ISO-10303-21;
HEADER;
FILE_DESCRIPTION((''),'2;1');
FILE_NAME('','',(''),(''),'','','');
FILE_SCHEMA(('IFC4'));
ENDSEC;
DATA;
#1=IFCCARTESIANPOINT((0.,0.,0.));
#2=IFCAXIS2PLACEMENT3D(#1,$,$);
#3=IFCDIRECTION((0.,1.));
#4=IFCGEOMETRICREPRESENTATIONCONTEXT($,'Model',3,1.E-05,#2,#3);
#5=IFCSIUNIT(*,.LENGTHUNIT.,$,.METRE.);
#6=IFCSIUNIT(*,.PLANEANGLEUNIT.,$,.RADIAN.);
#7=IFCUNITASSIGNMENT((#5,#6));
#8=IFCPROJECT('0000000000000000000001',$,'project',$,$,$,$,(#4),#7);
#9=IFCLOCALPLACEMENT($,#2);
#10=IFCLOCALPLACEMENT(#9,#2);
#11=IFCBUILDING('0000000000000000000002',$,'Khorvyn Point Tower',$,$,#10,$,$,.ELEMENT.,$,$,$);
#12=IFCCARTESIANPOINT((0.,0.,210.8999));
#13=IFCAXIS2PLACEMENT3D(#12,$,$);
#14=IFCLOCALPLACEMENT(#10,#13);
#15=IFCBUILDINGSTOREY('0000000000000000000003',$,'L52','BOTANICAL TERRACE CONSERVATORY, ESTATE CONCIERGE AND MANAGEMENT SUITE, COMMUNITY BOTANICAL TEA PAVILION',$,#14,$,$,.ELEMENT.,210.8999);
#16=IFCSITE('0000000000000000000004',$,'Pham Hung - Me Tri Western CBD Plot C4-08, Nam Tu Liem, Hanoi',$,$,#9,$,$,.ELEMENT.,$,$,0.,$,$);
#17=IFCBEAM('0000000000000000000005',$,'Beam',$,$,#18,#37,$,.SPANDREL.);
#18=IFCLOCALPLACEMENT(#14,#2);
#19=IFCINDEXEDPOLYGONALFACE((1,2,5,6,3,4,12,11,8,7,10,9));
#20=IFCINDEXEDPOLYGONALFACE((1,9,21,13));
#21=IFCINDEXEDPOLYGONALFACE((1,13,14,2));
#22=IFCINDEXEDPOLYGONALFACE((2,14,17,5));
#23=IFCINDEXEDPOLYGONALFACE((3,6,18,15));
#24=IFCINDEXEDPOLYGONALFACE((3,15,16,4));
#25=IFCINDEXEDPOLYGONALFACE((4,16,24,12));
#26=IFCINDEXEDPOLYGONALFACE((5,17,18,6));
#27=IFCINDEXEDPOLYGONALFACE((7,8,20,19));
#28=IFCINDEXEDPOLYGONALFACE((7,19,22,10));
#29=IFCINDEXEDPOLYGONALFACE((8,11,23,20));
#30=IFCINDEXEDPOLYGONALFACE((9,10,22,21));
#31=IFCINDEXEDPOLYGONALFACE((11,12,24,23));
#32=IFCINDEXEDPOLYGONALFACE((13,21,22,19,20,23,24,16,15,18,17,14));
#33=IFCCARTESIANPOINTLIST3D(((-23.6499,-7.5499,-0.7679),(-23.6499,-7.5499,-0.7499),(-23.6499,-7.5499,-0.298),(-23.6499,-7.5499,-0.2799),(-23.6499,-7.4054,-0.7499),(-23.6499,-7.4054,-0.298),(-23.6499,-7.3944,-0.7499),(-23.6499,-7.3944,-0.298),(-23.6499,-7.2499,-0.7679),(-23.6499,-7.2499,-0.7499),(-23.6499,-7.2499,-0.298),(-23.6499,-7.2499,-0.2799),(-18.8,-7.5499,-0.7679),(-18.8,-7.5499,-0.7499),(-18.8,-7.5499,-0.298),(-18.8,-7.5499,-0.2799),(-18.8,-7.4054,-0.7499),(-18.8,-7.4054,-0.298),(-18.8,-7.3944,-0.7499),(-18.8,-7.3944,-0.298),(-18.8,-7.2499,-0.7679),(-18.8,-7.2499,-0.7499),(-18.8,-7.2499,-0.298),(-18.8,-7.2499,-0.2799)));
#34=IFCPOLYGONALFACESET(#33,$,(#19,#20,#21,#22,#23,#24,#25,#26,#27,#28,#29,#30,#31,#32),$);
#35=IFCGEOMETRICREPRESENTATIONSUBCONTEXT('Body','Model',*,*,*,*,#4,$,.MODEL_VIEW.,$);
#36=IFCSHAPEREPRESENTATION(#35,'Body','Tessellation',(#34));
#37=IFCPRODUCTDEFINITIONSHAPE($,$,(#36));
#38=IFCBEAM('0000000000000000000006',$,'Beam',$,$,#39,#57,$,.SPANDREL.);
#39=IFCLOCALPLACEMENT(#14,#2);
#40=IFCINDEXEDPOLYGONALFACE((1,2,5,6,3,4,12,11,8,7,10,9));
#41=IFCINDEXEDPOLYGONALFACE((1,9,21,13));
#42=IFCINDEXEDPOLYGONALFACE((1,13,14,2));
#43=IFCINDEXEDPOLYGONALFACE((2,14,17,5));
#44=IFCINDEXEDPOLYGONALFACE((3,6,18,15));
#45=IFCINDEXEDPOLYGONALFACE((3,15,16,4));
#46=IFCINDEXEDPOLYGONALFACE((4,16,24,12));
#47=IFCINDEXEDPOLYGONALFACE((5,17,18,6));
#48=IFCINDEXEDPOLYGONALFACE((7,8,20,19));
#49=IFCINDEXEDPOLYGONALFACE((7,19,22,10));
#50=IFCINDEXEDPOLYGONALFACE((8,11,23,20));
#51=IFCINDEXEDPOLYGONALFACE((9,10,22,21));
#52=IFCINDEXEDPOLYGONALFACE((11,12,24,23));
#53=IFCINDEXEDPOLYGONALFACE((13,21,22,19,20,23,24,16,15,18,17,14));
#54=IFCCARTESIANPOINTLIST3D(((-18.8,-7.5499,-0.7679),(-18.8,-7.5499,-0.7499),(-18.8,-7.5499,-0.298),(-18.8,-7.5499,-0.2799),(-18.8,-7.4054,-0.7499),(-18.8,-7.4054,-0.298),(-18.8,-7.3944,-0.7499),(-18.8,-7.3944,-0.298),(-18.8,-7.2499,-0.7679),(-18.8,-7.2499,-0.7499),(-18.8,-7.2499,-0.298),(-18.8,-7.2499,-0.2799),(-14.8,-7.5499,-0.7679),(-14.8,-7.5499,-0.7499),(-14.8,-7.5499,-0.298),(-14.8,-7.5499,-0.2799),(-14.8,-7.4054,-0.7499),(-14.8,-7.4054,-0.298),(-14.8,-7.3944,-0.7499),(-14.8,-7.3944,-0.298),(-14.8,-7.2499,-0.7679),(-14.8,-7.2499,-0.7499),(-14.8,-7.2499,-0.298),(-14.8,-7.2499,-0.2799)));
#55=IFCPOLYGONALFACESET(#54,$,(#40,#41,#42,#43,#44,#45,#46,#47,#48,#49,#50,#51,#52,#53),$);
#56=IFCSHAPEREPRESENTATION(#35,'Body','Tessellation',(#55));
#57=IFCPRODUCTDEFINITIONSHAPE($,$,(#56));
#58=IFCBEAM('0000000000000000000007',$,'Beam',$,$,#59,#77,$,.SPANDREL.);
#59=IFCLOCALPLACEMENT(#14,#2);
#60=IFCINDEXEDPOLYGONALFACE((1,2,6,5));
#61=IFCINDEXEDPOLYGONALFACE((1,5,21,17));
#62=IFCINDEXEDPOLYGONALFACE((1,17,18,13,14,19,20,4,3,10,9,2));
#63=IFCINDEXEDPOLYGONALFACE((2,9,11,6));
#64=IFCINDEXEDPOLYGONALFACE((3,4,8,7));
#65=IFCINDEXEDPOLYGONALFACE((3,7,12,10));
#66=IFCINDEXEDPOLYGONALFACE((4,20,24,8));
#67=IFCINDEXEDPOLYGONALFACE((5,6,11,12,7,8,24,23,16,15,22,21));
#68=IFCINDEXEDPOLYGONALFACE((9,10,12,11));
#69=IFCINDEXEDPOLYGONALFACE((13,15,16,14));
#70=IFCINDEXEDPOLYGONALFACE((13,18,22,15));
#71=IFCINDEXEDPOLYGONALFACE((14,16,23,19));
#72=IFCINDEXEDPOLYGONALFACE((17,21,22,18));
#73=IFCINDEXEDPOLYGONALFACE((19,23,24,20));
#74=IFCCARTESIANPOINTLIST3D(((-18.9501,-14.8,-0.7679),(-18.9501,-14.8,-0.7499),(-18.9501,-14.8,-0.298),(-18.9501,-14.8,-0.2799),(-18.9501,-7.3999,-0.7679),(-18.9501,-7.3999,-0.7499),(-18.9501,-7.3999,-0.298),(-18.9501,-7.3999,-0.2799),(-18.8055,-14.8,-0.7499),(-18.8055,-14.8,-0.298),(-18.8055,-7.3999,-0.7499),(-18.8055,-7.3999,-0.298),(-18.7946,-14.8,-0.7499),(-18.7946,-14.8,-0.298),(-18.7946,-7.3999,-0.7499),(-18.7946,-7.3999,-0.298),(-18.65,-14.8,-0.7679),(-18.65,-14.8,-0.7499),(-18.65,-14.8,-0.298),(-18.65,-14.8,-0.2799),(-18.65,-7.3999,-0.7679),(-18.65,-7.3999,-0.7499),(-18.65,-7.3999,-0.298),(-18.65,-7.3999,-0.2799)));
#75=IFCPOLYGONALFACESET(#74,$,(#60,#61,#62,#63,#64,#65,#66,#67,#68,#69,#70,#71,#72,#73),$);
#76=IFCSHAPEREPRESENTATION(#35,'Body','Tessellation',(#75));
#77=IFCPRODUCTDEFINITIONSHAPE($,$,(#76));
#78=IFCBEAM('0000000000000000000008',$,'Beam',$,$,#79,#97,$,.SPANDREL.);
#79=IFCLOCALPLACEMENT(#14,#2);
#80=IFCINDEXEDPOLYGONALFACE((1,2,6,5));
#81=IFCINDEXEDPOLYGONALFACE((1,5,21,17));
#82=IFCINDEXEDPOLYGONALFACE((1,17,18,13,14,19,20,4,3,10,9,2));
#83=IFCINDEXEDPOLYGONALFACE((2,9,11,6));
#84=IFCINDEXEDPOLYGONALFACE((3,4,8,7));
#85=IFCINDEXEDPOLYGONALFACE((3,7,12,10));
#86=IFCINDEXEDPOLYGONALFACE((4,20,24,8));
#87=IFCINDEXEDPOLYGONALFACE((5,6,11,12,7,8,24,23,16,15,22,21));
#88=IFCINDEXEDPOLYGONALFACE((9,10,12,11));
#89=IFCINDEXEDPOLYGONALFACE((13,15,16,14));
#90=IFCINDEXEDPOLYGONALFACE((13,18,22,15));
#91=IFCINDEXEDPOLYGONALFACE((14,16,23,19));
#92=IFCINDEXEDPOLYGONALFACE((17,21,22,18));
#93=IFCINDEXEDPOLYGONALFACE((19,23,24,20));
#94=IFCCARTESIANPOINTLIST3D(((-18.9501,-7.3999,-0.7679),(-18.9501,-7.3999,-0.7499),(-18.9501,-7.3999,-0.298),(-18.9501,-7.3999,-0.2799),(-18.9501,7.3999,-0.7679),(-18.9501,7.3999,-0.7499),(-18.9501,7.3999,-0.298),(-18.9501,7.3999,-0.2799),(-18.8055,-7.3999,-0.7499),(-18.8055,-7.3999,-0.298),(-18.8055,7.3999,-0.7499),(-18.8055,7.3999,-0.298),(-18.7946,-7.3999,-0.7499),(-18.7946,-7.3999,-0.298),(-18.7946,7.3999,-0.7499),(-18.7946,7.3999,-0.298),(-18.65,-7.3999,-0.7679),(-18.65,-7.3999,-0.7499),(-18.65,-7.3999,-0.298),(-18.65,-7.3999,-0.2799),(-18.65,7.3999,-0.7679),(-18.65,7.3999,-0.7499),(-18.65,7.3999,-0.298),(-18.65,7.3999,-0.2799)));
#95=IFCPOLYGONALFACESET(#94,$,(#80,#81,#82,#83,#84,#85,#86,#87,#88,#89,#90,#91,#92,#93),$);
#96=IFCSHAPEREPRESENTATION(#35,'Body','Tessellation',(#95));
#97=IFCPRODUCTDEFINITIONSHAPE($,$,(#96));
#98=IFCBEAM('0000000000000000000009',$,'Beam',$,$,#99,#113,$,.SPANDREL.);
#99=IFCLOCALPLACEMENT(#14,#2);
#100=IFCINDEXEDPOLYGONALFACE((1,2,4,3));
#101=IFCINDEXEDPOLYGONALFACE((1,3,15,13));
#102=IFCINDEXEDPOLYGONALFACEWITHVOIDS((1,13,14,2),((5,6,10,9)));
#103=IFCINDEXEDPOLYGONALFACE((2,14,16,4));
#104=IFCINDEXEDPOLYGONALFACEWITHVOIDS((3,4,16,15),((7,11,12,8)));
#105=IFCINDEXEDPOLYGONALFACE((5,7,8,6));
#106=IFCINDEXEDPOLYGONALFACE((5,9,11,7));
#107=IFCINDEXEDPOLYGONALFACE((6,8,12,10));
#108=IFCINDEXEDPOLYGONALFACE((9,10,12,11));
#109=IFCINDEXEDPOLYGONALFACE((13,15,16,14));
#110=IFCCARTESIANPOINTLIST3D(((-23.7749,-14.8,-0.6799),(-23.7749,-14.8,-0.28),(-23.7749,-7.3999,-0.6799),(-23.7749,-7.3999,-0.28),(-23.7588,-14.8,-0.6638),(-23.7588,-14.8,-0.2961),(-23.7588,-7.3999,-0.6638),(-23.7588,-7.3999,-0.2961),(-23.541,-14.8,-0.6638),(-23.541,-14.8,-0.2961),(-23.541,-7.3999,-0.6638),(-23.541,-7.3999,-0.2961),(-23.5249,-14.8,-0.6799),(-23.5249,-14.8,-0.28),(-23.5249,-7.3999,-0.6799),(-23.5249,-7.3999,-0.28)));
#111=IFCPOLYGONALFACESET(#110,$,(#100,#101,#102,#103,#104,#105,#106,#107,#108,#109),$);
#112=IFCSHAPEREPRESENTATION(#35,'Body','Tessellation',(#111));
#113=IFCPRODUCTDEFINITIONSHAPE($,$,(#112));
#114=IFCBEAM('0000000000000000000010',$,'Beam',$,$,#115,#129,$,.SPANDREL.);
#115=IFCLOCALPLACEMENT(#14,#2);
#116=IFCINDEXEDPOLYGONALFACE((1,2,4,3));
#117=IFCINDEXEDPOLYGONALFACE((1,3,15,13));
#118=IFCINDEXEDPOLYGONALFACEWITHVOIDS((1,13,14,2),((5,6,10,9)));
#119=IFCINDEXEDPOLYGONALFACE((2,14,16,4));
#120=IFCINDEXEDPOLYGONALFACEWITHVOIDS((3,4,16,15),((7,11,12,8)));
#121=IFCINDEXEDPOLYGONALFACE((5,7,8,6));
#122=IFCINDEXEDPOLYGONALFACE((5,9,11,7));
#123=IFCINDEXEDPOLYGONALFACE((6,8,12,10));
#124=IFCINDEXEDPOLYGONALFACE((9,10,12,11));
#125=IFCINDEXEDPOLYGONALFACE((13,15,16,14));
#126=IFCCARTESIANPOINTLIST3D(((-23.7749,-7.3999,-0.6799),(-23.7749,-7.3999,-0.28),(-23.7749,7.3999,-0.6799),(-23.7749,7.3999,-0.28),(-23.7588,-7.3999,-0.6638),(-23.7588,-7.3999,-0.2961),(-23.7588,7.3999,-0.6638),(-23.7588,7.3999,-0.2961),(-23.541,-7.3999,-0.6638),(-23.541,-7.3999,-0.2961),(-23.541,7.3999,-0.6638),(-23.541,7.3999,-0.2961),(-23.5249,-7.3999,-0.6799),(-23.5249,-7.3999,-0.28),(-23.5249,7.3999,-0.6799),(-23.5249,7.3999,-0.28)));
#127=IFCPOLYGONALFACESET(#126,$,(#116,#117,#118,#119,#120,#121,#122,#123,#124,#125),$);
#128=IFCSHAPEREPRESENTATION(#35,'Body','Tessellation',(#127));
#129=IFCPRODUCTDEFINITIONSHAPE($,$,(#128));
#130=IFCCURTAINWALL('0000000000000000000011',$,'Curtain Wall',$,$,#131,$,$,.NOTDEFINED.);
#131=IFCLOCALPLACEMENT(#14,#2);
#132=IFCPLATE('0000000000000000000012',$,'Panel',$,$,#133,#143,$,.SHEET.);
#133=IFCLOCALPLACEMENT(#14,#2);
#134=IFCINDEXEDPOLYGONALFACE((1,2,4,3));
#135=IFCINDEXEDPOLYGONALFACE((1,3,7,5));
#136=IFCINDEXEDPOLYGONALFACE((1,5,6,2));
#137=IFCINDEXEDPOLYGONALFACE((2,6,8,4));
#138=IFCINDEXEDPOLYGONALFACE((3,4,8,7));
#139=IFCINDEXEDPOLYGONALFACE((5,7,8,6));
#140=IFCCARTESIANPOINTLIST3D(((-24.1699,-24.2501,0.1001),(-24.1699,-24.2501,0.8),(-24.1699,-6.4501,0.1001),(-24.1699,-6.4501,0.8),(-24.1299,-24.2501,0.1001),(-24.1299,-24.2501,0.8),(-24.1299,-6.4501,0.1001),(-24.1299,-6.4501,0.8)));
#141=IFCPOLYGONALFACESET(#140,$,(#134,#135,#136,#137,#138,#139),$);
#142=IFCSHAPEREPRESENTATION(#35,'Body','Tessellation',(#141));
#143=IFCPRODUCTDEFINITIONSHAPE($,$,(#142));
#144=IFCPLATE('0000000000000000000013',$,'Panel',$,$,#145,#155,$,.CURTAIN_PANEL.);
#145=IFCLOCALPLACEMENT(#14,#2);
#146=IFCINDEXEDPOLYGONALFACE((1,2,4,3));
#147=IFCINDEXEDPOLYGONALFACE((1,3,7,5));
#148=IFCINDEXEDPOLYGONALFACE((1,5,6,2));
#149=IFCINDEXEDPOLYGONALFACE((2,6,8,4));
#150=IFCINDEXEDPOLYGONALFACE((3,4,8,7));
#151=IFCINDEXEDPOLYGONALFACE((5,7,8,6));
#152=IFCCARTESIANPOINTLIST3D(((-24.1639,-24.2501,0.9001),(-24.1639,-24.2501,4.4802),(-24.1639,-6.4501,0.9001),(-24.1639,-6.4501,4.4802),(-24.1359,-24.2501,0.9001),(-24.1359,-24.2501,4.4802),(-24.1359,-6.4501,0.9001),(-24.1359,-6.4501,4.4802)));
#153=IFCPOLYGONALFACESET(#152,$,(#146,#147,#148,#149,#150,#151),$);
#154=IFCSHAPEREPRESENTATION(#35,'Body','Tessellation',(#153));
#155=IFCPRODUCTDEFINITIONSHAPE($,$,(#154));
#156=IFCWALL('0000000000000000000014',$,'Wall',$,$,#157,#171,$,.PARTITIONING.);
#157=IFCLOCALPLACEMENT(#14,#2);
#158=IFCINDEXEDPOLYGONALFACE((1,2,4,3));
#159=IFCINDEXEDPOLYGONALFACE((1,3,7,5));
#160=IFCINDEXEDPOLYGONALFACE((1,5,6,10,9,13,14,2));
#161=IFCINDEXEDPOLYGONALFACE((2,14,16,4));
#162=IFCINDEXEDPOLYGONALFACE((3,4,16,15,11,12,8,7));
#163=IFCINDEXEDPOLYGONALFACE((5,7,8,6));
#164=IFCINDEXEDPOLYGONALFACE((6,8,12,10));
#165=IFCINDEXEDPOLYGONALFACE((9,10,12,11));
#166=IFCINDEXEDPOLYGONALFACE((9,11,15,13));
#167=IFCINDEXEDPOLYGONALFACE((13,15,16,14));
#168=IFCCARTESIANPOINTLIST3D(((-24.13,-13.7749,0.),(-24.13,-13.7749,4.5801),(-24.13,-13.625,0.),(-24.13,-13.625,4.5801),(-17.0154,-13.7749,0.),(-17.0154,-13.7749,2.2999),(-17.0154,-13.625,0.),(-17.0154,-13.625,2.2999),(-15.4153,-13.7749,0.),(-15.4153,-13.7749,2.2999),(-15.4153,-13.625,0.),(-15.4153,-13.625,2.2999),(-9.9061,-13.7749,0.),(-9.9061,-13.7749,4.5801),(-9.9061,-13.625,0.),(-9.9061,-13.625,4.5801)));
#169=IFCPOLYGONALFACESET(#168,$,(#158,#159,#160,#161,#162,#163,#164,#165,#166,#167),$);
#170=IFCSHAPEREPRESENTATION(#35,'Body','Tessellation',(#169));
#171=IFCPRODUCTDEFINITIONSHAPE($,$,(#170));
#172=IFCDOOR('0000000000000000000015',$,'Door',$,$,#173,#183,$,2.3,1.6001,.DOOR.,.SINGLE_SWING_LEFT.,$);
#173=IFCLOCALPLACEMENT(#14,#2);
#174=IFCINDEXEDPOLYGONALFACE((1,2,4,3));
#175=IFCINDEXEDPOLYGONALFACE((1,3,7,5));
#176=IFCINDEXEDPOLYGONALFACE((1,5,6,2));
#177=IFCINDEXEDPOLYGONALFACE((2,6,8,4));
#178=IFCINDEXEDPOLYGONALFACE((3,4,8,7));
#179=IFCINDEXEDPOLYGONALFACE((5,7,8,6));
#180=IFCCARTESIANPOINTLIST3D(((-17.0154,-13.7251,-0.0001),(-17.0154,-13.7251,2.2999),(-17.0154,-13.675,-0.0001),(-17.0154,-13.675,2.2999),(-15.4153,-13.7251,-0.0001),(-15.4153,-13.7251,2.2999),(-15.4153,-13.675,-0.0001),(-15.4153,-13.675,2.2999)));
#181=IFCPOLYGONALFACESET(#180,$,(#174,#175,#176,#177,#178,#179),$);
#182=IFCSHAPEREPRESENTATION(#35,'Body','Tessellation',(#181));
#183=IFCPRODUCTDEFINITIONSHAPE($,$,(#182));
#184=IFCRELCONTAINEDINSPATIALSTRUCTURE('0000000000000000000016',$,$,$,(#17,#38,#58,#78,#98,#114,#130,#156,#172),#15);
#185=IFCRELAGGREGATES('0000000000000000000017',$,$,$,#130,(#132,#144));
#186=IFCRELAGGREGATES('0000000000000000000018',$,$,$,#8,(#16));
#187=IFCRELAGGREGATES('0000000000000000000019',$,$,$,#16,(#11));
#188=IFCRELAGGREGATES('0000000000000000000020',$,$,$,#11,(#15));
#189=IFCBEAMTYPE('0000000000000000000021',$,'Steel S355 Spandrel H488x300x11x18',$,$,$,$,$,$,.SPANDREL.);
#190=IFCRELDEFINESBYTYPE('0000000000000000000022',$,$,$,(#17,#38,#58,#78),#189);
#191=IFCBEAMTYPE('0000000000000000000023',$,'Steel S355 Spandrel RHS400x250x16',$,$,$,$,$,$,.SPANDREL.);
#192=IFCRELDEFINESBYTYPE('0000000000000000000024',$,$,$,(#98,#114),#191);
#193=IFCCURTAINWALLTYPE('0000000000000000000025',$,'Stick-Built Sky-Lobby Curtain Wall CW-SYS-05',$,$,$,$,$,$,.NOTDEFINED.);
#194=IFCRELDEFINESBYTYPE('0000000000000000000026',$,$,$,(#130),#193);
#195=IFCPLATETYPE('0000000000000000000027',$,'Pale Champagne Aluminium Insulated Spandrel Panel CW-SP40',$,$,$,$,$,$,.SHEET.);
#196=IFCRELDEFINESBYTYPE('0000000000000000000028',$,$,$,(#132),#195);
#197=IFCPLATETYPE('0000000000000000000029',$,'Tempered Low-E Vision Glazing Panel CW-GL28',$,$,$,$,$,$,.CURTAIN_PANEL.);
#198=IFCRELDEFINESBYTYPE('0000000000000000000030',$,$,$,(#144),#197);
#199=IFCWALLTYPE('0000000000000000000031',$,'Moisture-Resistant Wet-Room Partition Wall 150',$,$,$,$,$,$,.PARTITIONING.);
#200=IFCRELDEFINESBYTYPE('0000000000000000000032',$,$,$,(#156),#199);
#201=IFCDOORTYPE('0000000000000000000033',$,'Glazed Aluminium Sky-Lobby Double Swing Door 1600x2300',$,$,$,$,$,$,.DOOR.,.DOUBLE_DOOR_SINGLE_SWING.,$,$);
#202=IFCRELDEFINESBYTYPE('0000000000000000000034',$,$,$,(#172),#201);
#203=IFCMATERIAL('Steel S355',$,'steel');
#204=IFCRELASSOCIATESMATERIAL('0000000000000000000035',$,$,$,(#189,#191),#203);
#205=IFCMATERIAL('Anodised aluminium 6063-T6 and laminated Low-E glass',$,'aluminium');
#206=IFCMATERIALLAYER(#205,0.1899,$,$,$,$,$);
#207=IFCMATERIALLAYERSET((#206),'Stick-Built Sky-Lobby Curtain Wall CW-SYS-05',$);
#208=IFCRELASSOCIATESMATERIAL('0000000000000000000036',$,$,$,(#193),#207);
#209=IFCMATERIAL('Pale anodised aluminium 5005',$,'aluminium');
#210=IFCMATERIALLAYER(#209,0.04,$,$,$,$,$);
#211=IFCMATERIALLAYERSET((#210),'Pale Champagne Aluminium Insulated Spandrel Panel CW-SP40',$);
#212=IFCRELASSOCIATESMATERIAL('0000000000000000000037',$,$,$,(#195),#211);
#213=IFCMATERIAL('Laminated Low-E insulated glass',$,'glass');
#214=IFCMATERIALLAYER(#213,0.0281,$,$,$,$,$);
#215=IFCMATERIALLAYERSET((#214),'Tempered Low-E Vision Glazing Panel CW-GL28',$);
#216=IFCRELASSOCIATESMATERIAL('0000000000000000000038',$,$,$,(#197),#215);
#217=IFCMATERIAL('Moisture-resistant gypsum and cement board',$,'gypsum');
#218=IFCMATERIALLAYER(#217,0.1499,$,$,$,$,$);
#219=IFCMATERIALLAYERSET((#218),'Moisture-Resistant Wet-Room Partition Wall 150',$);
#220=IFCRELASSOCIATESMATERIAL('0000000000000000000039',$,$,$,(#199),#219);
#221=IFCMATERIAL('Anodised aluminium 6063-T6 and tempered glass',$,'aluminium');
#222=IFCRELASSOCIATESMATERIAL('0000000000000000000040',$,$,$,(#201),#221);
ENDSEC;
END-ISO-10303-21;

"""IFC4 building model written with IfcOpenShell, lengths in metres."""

from ifc_helpers import new_model, si_unit, direction, frame, frame_2d, origin, origin_2d, place, context, subcontext, project, spatial, rectangle, hollow_rectangle, i_section, extrude, material, layer, layer_set, material_profile, profile_set, type_object, element, fill, aggregate, save


model = new_model("IFC4")

# Units and contexts
model_context = context("Model", 3, precision=1e-05, world=origin(), true_north=direction((0.0, 1.0)))
body_context = subcontext(model_context, "Body", "Model", "MODEL_VIEW")
ifc_project = project(units=[si_unit("LENGTHUNIT", "METRE"), si_unit("PLANEANGLEUNIT", "RADIAN")], contexts=[model_context])

# Site, building, storey
site_placement = place(None, origin())
site = spatial("IfcSite", under=ifc_project, at=site_placement, Name="Pham Hung - Me Tri Western CBD Plot C4-08, Nam Tu Liem, Hanoi", CompositionType="ELEMENT", RefElevation=0.0)
building_placement = place(site_placement, origin())
building = spatial("IfcBuilding", under=site, at=building_placement, Name="Khorvyn Point Tower", CompositionType="ELEMENT")
storey_placement = place(building_placement, frame((0.0, 0.0, 210.8999)))
storey = spatial("IfcBuildingStorey", under=building, at=storey_placement, Name="L52", Description="BOTANICAL TERRACE CONSERVATORY, ESTATE CONCIERGE AND MANAGEMENT SUITE, COMMUNITY BOTANICAL TEA PAVILION", CompositionType="ELEMENT", Elevation=210.8999)

# Beams
ifc_material_1 = material(Name="Steel S355", Category="steel")
ifc_material_profile_1 = material_profile(ifc_material_1, i_section(OverallWidth=0.3, OverallDepth=0.488, WebThickness=0.011, FlangeThickness=0.0181, at=origin_2d()))
ifc_profile_set_1 = profile_set([ifc_material_profile_1], Name="Steel S355 H488x300x11x18")
beam_type_1 = type_object("IfcBeamType", Name="Steel S355 Spandrel H488x300x11x18", PredefinedType="SPANDREL", material=ifc_profile_set_1)
beam_1_placement = place(storey_placement, frame((-23.6499, -7.3999, -0.5239), z_axis=(1.0, 0.0, 0.0), x_axis=(0.0, 1.0, 0.0)))
element("IfcBeam", 1, at=beam_1_placement, inside=storey, type_object=beam_type_1, Name="Beam", PredefinedType="SPANDREL", context=body_context, shape_type="SweptSolid", body=[
    extrude(i_section(OverallWidth=0.3, OverallDepth=0.488, WebThickness=0.011, FlangeThickness=0.0181, at=origin_2d()), origin(), (0.0, 0.0, 1.0), 4.8499),
])
beam_2_placement = place(storey_placement, frame((-18.8, -7.3999, -0.5239), z_axis=(1.0, 0.0, 0.0), x_axis=(0.0, 1.0, 0.0)))
element("IfcBeam", 2, at=beam_2_placement, inside=storey, type_object=beam_type_1, Name="Beam", PredefinedType="SPANDREL", context=body_context, shape_type="SweptSolid", body=[
    extrude(i_section(OverallWidth=0.3, OverallDepth=0.488, WebThickness=0.011, FlangeThickness=0.0181, at=origin_2d()), origin(), (0.0, 0.0, 1.0), 4.0),
])
beam_3_placement = place(storey_placement, frame((-18.8, -14.8, -0.5239), z_axis=(0.0, 1.0, 0.0), x_axis=(-1.0, 0.0, 0.0)))
element("IfcBeam", 3, at=beam_3_placement, inside=storey, type_object=beam_type_1, Name="Beam", PredefinedType="SPANDREL", context=body_context, shape_type="SweptSolid", body=[
    extrude(i_section(OverallWidth=0.3, OverallDepth=0.488, WebThickness=0.011, FlangeThickness=0.0181, at=origin_2d()), origin(), (0.0, 0.0, 1.0), 7.4001),
])
beam_4_placement = place(storey_placement, frame((-18.8, -7.3999, -0.5239), z_axis=(0.0, 1.0, 0.0), x_axis=(-1.0, 0.0, 0.0)))
element("IfcBeam", 4, at=beam_4_placement, inside=storey, type_object=beam_type_1, Name="Beam", PredefinedType="SPANDREL", context=body_context, shape_type="SweptSolid", body=[
    extrude(i_section(OverallWidth=0.3, OverallDepth=0.488, WebThickness=0.011, FlangeThickness=0.0181, at=origin_2d()), origin(), (0.0, 0.0, 1.0), 14.7998),
])
ifc_material_profile_2 = material_profile(ifc_material_1, hollow_rectangle(XDim=0.25, YDim=0.3999, WallThickness=0.0161, at=origin_2d()))
ifc_profile_set_2 = profile_set([ifc_material_profile_2], Name="Steel S355 RHS400x250x16")
beam_type_2 = type_object("IfcBeamType", Name="Steel S355 Spandrel RHS400x250x16", PredefinedType="SPANDREL", material=ifc_profile_set_2)
beam_5_placement = place(storey_placement, frame((-23.6499, -14.8, -0.48), z_axis=(0.0, 1.0, 0.0), x_axis=(-1.0, 0.0, 0.0)))
element("IfcBeam", 5, at=beam_5_placement, inside=storey, type_object=beam_type_2, Name="Beam", PredefinedType="SPANDREL", context=body_context, shape_type="SweptSolid", body=[
    extrude(hollow_rectangle(XDim=0.25, YDim=0.3999, WallThickness=0.0161, at=origin_2d()), origin(), (0.0, 0.0, 1.0), 7.4001),
])
beam_6_placement = place(storey_placement, frame((-23.6499, -7.3999, -0.48), z_axis=(0.0, 1.0, 0.0), x_axis=(-1.0, 0.0, 0.0)))
element("IfcBeam", 6, at=beam_6_placement, inside=storey, type_object=beam_type_2, Name="Beam", PredefinedType="SPANDREL", context=body_context, shape_type="SweptSolid", body=[
    extrude(hollow_rectangle(XDim=0.25, YDim=0.3999, WallThickness=0.0161, at=origin_2d()), origin(), (0.0, 0.0, 1.0), 14.7998),
])

# Curtain wall, plates
ifc_material_2 = material(Name="Anodised aluminium 6063-T6 and laminated Low-E glass", Category="aluminium")
ifc_layer_1 = layer(ifc_material_2, 0.1899)
ifc_layer_set_1 = layer_set([ifc_layer_1], Name="Stick-Built Sky-Lobby Curtain Wall CW-SYS-05")
curtain_wall_type = type_object("IfcCurtainWallType", Name="Stick-Built Sky-Lobby Curtain Wall CW-SYS-05", PredefinedType="NOTDEFINED", material=ifc_layer_set_1)
curtain_wall_placement = place(storey_placement, origin())
curtain_wall = element("IfcCurtainWall", 7, at=curtain_wall_placement, inside=storey, type_object=curtain_wall_type, Name="Curtain Wall", PredefinedType="NOTDEFINED")
ifc_material_3 = material(Name="Pale anodised aluminium 5005", Category="aluminium")
ifc_layer_2 = layer(ifc_material_3, 0.04)
ifc_layer_set_2 = layer_set([ifc_layer_2], Name="Pale Champagne Aluminium Insulated Spandrel Panel CW-SP40")
plate_type_1 = type_object("IfcPlateType", Name="Pale Champagne Aluminium Insulated Spandrel Panel CW-SP40", PredefinedType="SHEET", material=ifc_layer_set_2)
plate_1_placement = place(storey_placement, frame((-24.1499, -15.3501, 0.1001), z_axis=(0.0, 0.0, 1.0), x_axis=(0.0, 1.0, 0.0)))
plate_1 = element("IfcPlate", 8, at=plate_1_placement, type_object=plate_type_1, Name="Panel", PredefinedType="SHEET", context=body_context, shape_type="SweptSolid", body=[
    extrude(rectangle(XDim=17.8, YDim=0.04, at=origin_2d()), origin(), (0.0, 0.0, 1.0), 0.7),
])
ifc_material_4 = material(Name="Laminated Low-E insulated glass", Category="glass")
ifc_layer_3 = layer(ifc_material_4, 0.0281)
ifc_layer_set_3 = layer_set([ifc_layer_3], Name="Tempered Low-E Vision Glazing Panel CW-GL28")
plate_type_2 = type_object("IfcPlateType", Name="Tempered Low-E Vision Glazing Panel CW-GL28", PredefinedType="CURTAIN_PANEL", material=ifc_layer_set_3)
plate_2_placement = place(storey_placement, frame((-24.1499, -15.3501, 0.9001), z_axis=(0.0, 0.0, 1.0), x_axis=(0.0, 1.0, 0.0)))
plate_2 = element("IfcPlate", 9, at=plate_2_placement, type_object=plate_type_2, Name="Panel", PredefinedType="CURTAIN_PANEL", context=body_context, shape_type="SweptSolid", body=[
    extrude(rectangle(XDim=17.8, YDim=0.0281, at=origin_2d()), origin(), (0.0, 0.0, 1.0), 3.5801),
])
aggregate(curtain_wall, [plate_1, plate_2])

# Wall, opening, door
ifc_material_5 = material(Name="Moisture-resistant gypsum and cement board", Category="gypsum")
ifc_layer_4 = layer(ifc_material_5, 0.1499)
ifc_layer_set_4 = layer_set([ifc_layer_4], Name="Moisture-Resistant Wet-Room Partition Wall 150")
wall_type = type_object("IfcWallType", Name="Moisture-Resistant Wet-Room Partition Wall 150", PredefinedType="PARTITIONING", material=ifc_layer_set_4)
wall_1_placement = place(storey_placement, frame((-24.1299, -13.7, 0.0), z_axis=(0.0, 0.0, 1.0), x_axis=(1.0, 0.0, 0.0)))
wall_1 = element("IfcWall", 10, at=wall_1_placement, inside=storey, type_object=wall_type, Name="Wall", PredefinedType="PARTITIONING", context=body_context, shape_type="SweptSolid", body=[
    extrude(rectangle(XDim=14.2239, YDim=0.1499, at=frame_2d((7.1118, 0.0))), origin(), (0.0, 0.0, 1.0), 4.5801),
])
opening_placement = place(wall_1_placement, frame((7.1145, 0.0, 0.0)))
opening = element("IfcOpeningElement", 11, at=opening_placement, cuts=wall_1, PredefinedType="OPENING", context=body_context, shape_type="SweptSolid", body=[
    extrude(rectangle(XDim=1.6001, YDim=2.3, at=frame_2d((0.8, 1.1499))), frame((0.0, 0.085, 0.0), z_axis=(0.0, -1.0, 0.0), x_axis=(1.0, 0.0, 0.0)), (0.0, 0.0, 1.0), 0.1699),
])
ifc_material_6 = material(Name="Anodised aluminium 6063-T6 and tempered glass", Category="aluminium")
door_type = type_object("IfcDoorType", Name="Glazed Aluminium Sky-Lobby Double Swing Door 1600x2300", OperationType="DOUBLE_DOOR_SINGLE_SWING", PredefinedType="DOOR", material=ifc_material_6)
door_placement = place(opening_placement, origin())
door = element("IfcDoor", 12, at=door_placement, inside=storey, type_object=door_type, Name="Door", OperationType="SINGLE_SWING_LEFT", OverallHeight=2.3, OverallWidth=1.6001, PredefinedType="DOOR", context=body_context, shape_type="SweptSolid", body=[
    extrude(rectangle(XDim=1.6001, YDim=2.3, at=frame_2d((0.8, 1.1499))), frame((0.0, 0.0249, 0.0), z_axis=(0.0, -1.0, 0.0), x_axis=(1.0, 0.0, 0.0)), (0.0, 0.0, 1.0), 0.05),
])
fill(opening, door)

save(model, "model.ifc")
